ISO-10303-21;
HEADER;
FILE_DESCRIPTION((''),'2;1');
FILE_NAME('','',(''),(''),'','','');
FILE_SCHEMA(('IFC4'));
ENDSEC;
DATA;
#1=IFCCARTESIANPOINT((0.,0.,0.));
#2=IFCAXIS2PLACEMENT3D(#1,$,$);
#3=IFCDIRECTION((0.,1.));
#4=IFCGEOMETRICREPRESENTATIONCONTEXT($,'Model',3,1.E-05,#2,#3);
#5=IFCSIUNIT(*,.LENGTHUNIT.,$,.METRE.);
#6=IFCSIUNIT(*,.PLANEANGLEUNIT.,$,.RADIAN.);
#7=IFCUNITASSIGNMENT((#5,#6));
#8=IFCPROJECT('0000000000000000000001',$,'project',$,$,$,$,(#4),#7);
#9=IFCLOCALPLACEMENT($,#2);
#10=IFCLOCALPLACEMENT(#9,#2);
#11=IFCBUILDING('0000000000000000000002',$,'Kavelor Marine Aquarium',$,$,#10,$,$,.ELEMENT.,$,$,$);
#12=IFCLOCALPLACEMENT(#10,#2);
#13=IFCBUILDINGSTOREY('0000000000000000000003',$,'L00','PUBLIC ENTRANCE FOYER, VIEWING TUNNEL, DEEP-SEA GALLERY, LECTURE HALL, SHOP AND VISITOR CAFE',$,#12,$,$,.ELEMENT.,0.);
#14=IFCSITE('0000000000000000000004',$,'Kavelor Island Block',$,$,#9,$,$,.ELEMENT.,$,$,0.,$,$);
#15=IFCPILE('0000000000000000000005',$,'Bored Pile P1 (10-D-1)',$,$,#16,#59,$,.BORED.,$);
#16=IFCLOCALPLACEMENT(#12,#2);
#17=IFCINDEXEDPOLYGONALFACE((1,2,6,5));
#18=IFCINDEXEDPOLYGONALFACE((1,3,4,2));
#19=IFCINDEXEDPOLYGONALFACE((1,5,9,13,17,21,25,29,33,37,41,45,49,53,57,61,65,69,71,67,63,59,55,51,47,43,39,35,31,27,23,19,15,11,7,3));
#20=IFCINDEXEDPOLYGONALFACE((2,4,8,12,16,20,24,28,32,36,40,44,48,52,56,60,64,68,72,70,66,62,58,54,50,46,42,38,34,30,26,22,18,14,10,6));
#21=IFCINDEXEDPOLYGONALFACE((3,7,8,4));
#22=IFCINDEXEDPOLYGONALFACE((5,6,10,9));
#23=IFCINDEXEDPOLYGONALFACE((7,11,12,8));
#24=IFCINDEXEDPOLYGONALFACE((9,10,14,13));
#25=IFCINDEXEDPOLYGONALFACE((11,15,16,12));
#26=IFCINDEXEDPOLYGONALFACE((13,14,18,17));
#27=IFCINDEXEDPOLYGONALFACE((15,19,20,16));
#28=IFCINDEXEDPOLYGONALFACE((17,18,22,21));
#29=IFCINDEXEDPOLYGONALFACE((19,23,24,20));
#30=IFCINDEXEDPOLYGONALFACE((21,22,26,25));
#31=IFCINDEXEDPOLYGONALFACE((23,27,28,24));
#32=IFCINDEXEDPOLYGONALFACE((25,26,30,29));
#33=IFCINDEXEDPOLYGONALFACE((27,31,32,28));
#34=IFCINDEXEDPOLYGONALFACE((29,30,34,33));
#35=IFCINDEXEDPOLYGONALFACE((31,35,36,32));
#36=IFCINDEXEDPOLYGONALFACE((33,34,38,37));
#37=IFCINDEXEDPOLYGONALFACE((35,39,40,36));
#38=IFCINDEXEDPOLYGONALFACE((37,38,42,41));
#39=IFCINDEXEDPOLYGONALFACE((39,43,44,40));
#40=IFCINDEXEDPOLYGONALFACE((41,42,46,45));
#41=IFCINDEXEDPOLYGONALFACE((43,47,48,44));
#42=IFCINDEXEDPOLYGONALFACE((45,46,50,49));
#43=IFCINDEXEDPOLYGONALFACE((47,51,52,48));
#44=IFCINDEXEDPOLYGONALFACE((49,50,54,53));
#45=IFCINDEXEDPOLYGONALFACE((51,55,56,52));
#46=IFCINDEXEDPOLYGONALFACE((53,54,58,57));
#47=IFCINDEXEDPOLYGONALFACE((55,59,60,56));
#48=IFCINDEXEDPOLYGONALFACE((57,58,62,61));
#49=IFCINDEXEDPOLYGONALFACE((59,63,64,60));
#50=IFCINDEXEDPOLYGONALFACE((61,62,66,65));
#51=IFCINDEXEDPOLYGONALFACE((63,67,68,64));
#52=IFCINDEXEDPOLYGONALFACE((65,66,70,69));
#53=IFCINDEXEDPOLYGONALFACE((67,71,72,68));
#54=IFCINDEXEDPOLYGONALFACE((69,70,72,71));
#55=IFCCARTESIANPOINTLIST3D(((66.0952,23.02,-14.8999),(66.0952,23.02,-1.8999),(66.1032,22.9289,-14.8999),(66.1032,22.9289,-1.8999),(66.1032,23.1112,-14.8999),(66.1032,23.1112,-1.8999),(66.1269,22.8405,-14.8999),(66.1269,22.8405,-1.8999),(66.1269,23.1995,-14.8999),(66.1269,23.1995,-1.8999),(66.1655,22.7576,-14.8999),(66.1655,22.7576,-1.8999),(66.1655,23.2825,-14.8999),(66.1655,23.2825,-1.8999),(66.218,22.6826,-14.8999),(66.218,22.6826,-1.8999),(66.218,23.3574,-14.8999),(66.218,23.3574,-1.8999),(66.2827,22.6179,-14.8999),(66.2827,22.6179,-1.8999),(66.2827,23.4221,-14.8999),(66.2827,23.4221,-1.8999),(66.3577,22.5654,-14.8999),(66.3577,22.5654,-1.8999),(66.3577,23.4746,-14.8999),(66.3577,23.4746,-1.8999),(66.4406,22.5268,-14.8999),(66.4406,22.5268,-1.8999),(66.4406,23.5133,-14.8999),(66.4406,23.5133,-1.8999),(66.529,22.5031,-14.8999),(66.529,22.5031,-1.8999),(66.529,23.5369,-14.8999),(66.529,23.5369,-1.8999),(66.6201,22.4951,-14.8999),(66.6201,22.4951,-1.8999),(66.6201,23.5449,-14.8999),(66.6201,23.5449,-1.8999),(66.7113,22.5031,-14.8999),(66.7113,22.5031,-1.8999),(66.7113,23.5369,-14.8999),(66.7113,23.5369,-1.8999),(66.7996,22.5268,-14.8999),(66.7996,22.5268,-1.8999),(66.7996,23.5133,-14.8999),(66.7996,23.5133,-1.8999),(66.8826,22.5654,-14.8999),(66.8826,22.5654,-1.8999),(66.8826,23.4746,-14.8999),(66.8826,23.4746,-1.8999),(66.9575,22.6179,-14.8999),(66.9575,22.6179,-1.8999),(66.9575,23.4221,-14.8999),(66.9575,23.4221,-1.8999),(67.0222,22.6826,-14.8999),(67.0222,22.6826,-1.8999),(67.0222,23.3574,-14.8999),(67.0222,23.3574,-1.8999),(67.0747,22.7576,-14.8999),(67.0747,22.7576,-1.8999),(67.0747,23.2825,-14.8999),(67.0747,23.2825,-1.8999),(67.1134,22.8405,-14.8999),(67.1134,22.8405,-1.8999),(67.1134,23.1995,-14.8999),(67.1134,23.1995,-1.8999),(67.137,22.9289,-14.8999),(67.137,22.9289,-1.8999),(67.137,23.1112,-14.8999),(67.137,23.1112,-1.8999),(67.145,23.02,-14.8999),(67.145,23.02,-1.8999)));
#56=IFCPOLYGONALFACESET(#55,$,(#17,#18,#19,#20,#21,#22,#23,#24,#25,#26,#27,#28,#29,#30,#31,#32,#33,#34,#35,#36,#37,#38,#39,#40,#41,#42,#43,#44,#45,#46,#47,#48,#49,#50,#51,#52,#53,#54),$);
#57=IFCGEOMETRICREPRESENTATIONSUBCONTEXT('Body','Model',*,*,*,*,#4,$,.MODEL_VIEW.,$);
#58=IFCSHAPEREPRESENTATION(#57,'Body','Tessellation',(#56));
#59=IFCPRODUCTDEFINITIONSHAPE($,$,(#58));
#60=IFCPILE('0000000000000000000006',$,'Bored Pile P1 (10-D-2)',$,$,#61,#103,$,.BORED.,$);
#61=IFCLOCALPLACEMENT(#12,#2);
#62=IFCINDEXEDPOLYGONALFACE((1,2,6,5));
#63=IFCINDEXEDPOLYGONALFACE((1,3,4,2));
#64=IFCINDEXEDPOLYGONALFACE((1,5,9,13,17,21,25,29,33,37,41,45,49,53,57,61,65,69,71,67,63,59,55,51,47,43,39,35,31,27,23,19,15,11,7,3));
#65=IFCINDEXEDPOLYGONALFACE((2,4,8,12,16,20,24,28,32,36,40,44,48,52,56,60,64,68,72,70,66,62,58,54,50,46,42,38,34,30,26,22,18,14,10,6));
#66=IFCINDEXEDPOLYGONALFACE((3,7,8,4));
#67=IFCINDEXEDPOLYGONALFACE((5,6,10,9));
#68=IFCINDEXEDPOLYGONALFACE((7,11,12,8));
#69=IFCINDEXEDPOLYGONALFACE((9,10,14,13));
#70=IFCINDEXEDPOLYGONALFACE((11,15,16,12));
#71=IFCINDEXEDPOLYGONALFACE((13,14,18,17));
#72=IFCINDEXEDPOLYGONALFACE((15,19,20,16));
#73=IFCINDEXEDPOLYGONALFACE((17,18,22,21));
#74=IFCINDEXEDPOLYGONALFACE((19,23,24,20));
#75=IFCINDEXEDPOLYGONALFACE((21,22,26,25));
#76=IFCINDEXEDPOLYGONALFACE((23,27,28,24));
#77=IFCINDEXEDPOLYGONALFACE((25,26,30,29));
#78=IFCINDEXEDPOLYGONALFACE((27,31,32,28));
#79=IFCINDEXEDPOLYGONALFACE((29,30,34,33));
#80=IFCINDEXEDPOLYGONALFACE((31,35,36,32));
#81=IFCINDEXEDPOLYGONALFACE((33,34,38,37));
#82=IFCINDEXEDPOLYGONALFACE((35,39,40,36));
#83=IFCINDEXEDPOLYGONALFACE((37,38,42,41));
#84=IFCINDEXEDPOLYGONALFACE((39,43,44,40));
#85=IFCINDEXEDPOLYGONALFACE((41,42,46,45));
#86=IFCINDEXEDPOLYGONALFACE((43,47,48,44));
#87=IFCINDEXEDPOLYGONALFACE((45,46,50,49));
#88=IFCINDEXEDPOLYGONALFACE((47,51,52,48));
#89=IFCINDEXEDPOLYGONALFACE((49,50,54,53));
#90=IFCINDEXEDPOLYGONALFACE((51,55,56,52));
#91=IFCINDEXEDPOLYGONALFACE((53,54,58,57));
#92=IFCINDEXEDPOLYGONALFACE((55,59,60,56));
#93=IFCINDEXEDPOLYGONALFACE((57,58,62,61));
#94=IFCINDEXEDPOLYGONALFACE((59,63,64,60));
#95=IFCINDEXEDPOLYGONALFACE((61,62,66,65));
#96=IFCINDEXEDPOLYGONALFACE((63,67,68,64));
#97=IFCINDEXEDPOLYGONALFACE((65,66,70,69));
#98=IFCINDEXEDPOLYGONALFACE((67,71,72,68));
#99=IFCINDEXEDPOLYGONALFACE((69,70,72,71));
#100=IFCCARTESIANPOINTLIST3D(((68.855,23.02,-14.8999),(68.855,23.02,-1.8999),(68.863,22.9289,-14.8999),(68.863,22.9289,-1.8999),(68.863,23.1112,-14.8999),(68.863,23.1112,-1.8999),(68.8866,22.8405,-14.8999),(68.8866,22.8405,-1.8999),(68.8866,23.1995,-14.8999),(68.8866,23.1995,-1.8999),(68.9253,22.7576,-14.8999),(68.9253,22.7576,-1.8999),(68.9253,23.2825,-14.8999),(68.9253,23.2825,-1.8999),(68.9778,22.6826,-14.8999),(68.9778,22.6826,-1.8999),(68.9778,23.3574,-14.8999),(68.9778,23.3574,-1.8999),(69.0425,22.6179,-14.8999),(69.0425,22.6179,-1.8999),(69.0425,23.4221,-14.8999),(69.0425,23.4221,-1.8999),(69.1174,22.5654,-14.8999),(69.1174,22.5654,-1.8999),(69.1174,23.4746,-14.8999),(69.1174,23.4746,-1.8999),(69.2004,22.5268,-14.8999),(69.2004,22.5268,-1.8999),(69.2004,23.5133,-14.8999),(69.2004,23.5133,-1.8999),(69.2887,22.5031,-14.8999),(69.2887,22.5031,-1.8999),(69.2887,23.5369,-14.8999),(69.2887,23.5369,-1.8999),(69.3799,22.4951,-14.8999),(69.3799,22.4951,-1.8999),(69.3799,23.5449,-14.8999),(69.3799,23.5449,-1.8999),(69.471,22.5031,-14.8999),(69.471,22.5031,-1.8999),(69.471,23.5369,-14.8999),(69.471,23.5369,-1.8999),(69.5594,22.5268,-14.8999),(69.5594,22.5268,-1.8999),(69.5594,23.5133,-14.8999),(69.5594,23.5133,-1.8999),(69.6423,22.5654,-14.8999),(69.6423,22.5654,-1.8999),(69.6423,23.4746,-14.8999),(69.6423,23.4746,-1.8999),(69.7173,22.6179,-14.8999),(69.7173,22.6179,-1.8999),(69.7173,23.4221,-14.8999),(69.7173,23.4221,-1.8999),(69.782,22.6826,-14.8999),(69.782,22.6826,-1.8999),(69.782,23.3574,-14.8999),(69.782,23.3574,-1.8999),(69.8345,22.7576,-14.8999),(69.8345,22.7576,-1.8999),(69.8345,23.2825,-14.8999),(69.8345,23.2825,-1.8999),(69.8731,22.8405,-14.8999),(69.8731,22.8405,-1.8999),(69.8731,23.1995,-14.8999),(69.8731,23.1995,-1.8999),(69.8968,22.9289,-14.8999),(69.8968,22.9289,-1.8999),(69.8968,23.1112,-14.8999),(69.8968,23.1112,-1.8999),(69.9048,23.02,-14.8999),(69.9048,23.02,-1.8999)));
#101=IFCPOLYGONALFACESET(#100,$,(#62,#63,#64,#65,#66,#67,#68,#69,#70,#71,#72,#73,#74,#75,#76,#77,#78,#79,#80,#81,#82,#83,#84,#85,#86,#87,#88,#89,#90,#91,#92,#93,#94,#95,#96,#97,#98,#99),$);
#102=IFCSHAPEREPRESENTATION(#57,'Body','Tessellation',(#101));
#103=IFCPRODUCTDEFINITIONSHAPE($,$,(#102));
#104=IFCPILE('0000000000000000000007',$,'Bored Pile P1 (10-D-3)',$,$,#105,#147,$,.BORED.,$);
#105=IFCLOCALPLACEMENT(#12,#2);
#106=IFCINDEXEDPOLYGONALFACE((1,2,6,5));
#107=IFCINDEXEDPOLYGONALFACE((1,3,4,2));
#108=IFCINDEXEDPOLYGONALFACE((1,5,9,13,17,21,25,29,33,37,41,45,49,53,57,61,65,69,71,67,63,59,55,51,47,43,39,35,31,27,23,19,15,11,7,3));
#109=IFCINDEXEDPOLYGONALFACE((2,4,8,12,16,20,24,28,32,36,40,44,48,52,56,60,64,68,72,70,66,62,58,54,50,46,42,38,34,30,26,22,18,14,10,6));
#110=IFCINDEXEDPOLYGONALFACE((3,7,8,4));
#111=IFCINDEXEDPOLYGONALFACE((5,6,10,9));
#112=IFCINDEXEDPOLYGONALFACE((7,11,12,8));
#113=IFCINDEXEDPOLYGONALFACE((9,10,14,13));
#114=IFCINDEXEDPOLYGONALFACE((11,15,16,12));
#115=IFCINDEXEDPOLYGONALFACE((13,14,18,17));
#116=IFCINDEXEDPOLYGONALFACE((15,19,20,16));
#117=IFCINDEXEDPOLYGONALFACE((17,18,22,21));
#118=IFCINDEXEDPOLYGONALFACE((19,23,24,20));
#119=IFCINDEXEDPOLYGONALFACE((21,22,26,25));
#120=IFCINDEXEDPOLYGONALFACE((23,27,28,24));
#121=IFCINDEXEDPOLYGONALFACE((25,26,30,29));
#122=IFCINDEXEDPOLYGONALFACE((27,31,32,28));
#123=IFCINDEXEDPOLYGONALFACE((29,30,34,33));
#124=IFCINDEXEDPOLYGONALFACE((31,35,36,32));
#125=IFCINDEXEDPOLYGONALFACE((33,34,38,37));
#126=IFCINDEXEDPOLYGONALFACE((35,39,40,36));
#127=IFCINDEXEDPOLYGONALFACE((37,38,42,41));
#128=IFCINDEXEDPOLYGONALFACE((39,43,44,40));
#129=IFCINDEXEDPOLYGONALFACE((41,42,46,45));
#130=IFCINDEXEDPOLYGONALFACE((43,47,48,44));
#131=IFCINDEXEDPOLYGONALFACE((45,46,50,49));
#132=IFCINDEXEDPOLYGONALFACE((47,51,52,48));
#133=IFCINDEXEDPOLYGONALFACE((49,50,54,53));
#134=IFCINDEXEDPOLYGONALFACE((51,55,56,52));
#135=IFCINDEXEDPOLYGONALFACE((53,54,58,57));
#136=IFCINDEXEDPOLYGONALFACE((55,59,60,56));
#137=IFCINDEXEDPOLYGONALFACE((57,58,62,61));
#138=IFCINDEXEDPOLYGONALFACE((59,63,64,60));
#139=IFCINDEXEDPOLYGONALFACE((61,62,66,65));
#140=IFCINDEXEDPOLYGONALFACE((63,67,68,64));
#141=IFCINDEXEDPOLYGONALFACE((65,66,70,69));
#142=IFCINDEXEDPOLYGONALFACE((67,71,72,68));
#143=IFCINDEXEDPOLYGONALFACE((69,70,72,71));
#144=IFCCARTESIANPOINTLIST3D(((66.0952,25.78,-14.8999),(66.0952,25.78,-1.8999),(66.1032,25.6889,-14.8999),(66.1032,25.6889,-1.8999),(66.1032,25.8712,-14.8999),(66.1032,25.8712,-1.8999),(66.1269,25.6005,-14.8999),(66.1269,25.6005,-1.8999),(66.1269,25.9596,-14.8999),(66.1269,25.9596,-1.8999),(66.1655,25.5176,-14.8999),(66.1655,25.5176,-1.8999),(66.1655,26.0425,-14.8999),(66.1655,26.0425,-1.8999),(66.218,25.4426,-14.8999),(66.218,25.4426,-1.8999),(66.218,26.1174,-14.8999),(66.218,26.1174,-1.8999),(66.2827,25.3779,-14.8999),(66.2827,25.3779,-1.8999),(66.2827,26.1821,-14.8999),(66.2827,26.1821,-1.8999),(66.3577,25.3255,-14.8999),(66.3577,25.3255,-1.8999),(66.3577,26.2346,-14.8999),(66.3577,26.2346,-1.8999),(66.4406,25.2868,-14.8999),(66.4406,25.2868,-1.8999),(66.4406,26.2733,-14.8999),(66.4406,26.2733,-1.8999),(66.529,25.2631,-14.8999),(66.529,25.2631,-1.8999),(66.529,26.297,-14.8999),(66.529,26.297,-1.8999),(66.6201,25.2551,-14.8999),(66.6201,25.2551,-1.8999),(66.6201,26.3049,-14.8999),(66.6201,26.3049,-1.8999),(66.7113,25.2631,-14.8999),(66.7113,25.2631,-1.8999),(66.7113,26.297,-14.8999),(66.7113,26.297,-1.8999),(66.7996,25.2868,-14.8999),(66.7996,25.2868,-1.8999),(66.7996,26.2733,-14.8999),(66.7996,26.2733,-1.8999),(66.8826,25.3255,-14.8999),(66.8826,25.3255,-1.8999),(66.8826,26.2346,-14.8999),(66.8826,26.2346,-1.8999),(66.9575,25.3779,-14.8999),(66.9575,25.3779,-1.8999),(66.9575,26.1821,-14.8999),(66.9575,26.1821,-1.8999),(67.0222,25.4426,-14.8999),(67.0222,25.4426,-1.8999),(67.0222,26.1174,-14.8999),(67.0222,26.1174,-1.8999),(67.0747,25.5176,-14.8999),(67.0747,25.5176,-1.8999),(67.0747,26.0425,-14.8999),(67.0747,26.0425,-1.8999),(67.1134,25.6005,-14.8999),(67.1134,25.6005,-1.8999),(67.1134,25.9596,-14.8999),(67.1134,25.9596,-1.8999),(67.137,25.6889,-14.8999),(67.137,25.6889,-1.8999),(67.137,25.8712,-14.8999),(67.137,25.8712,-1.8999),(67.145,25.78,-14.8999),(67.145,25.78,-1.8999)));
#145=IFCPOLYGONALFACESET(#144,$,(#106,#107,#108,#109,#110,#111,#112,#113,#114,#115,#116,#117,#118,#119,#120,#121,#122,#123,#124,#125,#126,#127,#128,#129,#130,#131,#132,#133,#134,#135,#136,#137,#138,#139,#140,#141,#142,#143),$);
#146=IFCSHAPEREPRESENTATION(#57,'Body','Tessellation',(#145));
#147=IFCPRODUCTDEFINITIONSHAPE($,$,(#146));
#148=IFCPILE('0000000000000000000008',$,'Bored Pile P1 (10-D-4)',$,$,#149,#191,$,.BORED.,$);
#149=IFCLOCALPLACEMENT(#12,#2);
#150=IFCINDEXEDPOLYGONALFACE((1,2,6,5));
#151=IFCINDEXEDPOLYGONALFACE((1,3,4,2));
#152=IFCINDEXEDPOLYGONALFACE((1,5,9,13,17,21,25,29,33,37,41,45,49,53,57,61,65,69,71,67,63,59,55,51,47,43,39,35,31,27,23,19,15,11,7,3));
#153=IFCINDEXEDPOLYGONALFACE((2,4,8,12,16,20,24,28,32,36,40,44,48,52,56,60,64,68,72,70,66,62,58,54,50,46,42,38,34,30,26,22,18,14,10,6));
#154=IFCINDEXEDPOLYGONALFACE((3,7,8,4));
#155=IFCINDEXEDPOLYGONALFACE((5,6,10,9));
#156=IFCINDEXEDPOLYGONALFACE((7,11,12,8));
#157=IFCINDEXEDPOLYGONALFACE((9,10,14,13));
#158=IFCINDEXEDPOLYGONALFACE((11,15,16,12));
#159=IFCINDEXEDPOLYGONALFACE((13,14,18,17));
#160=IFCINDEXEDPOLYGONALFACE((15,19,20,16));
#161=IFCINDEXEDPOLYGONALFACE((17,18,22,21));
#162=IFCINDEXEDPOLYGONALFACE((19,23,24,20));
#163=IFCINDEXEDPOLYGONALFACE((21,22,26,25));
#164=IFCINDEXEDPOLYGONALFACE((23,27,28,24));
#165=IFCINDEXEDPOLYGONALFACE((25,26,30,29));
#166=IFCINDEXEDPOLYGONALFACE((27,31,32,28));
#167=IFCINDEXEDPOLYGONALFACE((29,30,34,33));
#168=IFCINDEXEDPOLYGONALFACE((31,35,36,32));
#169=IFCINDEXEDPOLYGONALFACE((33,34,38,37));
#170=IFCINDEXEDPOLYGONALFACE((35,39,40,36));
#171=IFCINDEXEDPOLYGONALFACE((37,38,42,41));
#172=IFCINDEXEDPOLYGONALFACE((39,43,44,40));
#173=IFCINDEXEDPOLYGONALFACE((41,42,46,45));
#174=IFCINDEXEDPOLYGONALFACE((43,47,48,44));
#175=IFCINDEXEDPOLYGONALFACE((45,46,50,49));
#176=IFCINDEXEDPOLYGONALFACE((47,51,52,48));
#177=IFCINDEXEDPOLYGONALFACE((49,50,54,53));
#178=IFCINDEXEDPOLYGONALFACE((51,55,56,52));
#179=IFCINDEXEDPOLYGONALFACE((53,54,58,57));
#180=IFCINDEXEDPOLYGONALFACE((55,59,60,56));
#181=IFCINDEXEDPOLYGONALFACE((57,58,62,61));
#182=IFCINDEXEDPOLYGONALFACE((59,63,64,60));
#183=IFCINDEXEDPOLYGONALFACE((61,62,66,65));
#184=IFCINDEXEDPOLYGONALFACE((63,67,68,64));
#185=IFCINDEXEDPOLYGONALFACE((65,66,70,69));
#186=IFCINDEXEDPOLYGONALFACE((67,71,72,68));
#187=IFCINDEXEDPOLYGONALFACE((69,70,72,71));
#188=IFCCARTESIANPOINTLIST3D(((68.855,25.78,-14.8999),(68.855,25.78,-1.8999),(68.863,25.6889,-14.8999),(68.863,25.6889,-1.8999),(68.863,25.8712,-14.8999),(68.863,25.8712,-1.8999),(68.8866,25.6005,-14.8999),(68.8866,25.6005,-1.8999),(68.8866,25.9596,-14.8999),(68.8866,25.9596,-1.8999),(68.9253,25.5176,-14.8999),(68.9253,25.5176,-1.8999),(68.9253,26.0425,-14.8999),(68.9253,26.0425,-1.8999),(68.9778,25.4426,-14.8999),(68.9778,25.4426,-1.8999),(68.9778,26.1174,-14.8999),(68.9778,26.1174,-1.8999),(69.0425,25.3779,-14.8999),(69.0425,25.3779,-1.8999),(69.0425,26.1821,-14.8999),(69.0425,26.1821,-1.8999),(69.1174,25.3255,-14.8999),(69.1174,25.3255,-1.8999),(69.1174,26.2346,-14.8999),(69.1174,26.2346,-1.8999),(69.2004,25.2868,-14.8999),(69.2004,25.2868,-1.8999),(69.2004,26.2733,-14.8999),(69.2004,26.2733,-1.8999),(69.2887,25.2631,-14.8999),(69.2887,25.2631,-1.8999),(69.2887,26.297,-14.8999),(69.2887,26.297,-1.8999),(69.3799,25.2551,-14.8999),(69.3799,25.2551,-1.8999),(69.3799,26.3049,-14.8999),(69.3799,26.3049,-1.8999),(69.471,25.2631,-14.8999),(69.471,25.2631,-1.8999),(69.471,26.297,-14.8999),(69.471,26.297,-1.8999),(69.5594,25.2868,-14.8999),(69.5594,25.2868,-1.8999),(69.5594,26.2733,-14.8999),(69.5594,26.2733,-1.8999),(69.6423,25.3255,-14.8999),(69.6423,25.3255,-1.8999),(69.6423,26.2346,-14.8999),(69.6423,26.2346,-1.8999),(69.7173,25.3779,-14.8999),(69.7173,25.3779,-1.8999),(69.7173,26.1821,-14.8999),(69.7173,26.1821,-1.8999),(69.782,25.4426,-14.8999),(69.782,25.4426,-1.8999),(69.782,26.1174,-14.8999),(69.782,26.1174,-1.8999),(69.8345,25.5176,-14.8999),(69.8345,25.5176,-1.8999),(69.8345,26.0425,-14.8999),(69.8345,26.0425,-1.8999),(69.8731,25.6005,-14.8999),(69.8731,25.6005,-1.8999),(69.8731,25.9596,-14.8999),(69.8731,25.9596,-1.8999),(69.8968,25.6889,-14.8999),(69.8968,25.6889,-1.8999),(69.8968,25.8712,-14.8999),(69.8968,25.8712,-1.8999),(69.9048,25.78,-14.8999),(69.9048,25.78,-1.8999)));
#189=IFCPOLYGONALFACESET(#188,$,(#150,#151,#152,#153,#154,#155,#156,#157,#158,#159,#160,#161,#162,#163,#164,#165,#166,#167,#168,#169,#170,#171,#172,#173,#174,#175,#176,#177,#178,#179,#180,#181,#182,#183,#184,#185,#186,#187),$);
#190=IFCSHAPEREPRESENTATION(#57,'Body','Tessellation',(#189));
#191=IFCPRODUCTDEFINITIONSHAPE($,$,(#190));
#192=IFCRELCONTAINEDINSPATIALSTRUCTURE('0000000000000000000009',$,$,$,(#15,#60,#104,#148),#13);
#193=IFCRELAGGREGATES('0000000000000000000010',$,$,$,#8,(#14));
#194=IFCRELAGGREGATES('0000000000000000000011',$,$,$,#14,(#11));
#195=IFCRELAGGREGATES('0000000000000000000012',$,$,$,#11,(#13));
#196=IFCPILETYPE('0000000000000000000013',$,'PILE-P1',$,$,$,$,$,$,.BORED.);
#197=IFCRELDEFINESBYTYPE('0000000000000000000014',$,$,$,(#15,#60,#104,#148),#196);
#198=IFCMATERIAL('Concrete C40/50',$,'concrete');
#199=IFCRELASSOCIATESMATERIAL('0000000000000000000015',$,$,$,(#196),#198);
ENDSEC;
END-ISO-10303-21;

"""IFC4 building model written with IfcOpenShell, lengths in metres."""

from ifc_helpers import new_model, si_unit, direction, frame, origin, origin_2d, place, context, subcontext, project, spatial, circle, extrude, material, material_profile, profile_set, type_object, element, save


model = new_model("IFC4")

# Units and contexts
model_context = context("Model", 3, precision=1e-05, world=origin(), true_north=direction((0.0, 1.0)))
body_context = subcontext(model_context, "Body", "Model", "MODEL_VIEW")
ifc_project = project(units=[si_unit("LENGTHUNIT", "METRE"), si_unit("PLANEANGLEUNIT", "RADIAN")], contexts=[model_context])

# Site, building, storey
site_placement = place(None, origin())
site = spatial("IfcSite", under=ifc_project, at=site_placement, Name="Kavelor Island Block", CompositionType="ELEMENT", RefElevation=0.0)
building_placement = place(site_placement, origin())
building = spatial("IfcBuilding", under=site, at=building_placement, Name="Kavelor Marine Aquarium", CompositionType="ELEMENT")
storey_placement = place(building_placement, origin())
storey = spatial("IfcBuildingStorey", under=building, at=storey_placement, Name="L00", Description="PUBLIC ENTRANCE FOYER, VIEWING TUNNEL, DEEP-SEA GALLERY, LECTURE HALL, SHOP AND VISITOR CAFE", CompositionType="ELEMENT", Elevation=0.0)

# Piles
ifc_material_1 = material(Name="Concrete C40/50", Category="concrete")
ifc_material_profile_1 = material_profile(ifc_material_1, circle(Radius=0.5249, at=origin_2d()), Name="PILE D1050")
ifc_profile_set_1 = profile_set([ifc_material_profile_1], Name="Concrete C40/50")
pile_type_1 = type_object("IfcPileType", Name="PILE-P1", PredefinedType="BORED", material=ifc_profile_set_1)
for number, where, z_axis, x_axis, name in (
    (1, (66.6201, 23.02, -1.8999), (0.0, 0.0, -1.0), (1.0, 0.0, 0.0), "Bored Pile P1 (10-D-1)"),
    (2, (69.3799, 23.02, -1.8999), (0.0, 0.0, -1.0), (1.0, 0.0, 0.0), "Bored Pile P1 (10-D-2)"),
    (3, (66.6201, 25.78, -1.8999), (0.0, 0.0, -1.0), (1.0, 0.0, 0.0), "Bored Pile P1 (10-D-3)"),
    (4, (69.3799, 25.78, -1.8999), (0.0, 0.0, -1.0), (1.0, 0.0, 0.0), "Bored Pile P1 (10-D-4)"),
):
    element("IfcPile", number, at=place(storey_placement, frame(where, z_axis=z_axis, x_axis=x_axis)), inside=storey, type_object=pile_type_1, Name=name, PredefinedType="BORED", context=body_context, shape_type="SweptSolid", body=[
        extrude(circle(Radius=0.5249, at=origin_2d()), origin(), (0.0, 0.0, 1.0), 13.0),
    ])

save(model, "model.ifc")
